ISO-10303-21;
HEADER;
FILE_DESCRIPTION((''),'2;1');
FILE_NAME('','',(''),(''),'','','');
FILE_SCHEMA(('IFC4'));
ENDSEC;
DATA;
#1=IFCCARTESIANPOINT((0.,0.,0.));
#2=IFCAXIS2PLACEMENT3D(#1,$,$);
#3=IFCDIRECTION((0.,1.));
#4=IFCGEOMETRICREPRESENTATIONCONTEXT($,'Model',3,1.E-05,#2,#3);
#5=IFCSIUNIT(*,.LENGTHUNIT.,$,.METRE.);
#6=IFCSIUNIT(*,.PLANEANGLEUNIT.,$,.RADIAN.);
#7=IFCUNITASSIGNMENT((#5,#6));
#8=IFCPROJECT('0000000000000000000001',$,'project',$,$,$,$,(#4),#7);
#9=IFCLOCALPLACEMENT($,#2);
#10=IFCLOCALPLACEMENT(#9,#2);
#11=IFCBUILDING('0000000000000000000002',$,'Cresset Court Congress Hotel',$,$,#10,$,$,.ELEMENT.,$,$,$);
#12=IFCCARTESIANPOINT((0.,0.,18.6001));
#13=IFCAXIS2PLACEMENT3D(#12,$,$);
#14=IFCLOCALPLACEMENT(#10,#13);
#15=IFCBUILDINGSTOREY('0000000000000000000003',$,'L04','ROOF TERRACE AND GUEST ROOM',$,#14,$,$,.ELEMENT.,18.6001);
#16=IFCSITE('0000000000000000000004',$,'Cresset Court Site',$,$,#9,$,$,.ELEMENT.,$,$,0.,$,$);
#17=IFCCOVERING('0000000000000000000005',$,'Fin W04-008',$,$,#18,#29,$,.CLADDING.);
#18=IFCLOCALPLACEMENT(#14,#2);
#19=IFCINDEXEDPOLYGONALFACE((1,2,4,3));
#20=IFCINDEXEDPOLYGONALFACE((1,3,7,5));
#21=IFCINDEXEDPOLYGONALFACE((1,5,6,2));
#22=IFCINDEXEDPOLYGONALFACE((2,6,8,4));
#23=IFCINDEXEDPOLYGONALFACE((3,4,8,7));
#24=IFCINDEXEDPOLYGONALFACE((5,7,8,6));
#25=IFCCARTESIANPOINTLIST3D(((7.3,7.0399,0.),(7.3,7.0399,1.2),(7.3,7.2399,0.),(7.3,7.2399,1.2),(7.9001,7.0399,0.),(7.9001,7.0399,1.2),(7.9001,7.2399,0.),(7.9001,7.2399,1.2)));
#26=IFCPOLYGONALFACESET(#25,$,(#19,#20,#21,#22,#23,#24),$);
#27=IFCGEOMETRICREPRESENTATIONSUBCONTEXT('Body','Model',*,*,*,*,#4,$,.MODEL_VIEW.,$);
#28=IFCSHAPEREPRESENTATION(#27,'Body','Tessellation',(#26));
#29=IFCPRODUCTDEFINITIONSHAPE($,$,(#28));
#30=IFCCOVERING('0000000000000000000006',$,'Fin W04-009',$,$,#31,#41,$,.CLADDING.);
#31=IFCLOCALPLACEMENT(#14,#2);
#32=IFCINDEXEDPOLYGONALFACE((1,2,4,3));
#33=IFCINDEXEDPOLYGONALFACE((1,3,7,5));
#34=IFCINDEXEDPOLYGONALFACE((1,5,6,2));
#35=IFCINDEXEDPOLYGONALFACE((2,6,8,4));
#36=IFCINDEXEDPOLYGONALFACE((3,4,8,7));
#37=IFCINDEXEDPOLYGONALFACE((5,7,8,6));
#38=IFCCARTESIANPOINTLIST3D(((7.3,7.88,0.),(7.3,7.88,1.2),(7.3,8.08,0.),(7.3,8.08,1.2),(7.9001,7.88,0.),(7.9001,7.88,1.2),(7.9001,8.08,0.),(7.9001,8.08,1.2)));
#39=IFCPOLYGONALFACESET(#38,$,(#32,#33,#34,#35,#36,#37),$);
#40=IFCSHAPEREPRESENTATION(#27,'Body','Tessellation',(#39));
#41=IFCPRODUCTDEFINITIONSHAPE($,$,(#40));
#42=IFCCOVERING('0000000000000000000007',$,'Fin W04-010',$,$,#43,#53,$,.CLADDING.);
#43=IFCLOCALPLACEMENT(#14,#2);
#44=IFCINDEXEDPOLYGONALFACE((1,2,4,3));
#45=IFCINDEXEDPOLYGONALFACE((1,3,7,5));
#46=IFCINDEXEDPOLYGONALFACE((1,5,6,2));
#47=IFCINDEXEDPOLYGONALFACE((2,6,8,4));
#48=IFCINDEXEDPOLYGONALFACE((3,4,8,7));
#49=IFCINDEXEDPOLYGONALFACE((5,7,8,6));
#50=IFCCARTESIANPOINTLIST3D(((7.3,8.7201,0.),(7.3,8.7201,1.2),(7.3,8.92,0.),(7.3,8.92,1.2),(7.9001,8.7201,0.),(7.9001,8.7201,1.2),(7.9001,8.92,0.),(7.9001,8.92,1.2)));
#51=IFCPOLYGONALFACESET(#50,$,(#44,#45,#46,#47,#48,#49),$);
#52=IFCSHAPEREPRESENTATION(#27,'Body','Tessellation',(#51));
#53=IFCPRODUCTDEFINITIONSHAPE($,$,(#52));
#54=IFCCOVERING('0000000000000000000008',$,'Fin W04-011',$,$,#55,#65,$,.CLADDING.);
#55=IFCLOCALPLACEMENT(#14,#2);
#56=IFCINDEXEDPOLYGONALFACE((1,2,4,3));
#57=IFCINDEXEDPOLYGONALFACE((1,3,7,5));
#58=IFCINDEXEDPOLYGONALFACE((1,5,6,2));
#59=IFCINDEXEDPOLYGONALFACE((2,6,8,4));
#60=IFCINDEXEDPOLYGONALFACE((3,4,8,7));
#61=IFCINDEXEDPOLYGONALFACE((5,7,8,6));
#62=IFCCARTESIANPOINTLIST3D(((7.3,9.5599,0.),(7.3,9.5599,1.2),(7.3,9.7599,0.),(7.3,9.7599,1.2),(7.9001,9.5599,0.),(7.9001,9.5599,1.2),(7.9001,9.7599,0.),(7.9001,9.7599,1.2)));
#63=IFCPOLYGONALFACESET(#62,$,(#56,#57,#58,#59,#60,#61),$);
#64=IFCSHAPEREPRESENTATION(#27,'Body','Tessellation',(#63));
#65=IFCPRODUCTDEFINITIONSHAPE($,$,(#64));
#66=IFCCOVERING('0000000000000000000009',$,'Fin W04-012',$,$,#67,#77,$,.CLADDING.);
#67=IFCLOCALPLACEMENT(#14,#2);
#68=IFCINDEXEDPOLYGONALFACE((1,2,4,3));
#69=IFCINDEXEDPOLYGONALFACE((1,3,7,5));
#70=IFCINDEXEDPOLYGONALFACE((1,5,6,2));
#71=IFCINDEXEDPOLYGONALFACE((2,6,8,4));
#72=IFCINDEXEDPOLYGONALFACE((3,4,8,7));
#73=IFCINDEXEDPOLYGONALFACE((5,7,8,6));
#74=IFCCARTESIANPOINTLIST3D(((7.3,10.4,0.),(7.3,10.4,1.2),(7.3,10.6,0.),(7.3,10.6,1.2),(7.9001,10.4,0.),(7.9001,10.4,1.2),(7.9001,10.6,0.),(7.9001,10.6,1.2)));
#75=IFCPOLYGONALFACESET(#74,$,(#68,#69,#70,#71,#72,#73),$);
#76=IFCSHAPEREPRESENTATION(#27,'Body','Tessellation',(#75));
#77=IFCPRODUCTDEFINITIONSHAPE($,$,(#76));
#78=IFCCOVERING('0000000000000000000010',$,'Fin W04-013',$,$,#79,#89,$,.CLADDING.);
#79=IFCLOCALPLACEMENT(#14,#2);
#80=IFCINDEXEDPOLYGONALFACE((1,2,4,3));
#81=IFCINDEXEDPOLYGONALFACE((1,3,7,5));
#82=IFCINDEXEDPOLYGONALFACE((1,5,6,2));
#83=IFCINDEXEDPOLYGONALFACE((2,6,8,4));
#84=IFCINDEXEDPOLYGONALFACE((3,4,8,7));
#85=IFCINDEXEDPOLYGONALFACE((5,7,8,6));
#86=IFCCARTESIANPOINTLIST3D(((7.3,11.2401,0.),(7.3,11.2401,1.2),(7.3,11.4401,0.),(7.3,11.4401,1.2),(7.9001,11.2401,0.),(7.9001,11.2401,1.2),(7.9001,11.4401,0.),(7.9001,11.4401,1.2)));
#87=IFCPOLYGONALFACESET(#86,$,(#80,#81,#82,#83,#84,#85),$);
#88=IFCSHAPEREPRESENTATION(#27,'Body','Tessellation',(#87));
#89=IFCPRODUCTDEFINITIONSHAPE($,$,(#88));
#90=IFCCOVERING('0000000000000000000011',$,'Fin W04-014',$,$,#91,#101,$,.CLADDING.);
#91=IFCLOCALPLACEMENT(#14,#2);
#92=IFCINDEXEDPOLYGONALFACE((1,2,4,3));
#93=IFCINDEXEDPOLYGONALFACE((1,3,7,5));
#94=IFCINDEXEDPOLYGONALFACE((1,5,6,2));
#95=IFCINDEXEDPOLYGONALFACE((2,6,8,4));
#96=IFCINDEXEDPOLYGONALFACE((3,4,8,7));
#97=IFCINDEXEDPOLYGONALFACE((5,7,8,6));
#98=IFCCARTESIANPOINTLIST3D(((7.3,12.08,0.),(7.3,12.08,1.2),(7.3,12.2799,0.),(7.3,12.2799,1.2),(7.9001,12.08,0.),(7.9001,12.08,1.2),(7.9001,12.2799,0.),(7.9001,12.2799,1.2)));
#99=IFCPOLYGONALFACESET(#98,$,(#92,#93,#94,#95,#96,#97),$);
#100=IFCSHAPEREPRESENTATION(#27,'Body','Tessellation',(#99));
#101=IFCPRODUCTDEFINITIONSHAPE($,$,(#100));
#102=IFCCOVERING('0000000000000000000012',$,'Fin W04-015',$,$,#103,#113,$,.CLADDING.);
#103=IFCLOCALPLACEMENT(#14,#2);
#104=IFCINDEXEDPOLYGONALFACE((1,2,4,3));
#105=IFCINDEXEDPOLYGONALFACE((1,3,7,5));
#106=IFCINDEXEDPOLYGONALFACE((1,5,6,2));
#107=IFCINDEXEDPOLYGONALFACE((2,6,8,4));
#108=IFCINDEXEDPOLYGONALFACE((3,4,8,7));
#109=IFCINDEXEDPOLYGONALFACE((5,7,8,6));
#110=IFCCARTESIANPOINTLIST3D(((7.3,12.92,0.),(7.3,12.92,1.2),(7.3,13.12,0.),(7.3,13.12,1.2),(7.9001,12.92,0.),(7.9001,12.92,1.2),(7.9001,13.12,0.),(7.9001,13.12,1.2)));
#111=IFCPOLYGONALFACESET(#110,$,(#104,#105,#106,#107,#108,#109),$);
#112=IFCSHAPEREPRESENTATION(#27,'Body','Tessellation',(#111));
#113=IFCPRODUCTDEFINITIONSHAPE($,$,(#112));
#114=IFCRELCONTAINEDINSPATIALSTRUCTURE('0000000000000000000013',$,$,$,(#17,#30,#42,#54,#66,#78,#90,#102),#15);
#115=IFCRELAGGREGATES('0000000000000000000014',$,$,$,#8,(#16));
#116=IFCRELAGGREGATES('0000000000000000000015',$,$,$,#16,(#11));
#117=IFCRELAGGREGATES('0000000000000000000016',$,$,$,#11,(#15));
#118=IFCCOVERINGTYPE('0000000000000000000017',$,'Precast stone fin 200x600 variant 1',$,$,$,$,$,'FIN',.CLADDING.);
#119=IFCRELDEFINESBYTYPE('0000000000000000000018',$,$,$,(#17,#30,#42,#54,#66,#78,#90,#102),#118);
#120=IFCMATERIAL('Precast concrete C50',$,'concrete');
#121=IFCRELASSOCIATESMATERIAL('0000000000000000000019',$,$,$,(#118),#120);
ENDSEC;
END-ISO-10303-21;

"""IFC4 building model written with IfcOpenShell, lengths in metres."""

from ifc_helpers import new_model, si_unit, direction, frame, origin, origin_2d, place, context, subcontext, project, spatial, rectangle, extrude, material, type_object, element, save


model = new_model("IFC4")

# Units and contexts
model_context = context("Model", 3, precision=1e-05, world=origin(), true_north=direction((0.0, 1.0)))
body_context = subcontext(model_context, "Body", "Model", "MODEL_VIEW")
ifc_project = project(units=[si_unit("LENGTHUNIT", "METRE"), si_unit("PLANEANGLEUNIT", "RADIAN")], contexts=[model_context])

# Site, building, storey
site_placement = place(None, origin())
site = spatial("IfcSite", under=ifc_project, at=site_placement, Name="Cresset Court Site", CompositionType="ELEMENT", RefElevation=0.0)
building_placement = place(site_placement, origin())
building = spatial("IfcBuilding", under=site, at=building_placement, Name="Cresset Court Congress Hotel", CompositionType="ELEMENT")
storey_placement = place(building_placement, frame((0.0, 0.0, 18.6001)))
storey = spatial("IfcBuildingStorey", under=building, at=storey_placement, Name="L04", Description="ROOF TERRACE AND GUEST ROOM", CompositionType="ELEMENT", Elevation=18.6001)

# Coverings
ifc_material_1 = material(Name="Precast concrete C50", Category="concrete")
covering_type_1 = type_object("IfcCoveringType", Name="Precast stone fin 200x600 variant 1", ElementType="FIN", PredefinedType="CLADDING", material=ifc_material_1)
for number, where, z_axis, x_axis, name in (
    (1, (7.6001, 7.1399, 0.0), (0.0, 0.0, 1.0), (1.0, 0.0, 0.0), "Fin W04-008"),
    (2, (7.6001, 7.98, 0.0), (0.0, 0.0, 1.0), (1.0, 0.0, 0.0), "Fin W04-009"),
    (3, (7.6001, 8.8201, 0.0), (0.0, 0.0, 1.0), (1.0, 0.0, 0.0), "Fin W04-010"),
    (4, (7.6001, 9.6599, 0.0), (0.0, 0.0, 1.0), (1.0, 0.0, 0.0), "Fin W04-011"),
    (5, (7.6001, 10.5, 0.0), (0.0, 0.0, 1.0), (1.0, 0.0, 0.0), "Fin W04-012"),
    (6, (7.6001, 11.3401, 0.0), (0.0, 0.0, 1.0), (1.0, 0.0, 0.0), "Fin W04-013"),
    (7, (7.6001, 12.1799, 0.0), (0.0, 0.0, 1.0), (1.0, 0.0, 0.0), "Fin W04-014"),
    (8, (7.6001, 13.02, 0.0), (0.0, 0.0, 1.0), (1.0, 0.0, 0.0), "Fin W04-015"),
):
    element("IfcCovering", number, at=place(storey_placement, frame(where, z_axis=z_axis, x_axis=x_axis)), inside=storey, type_object=covering_type_1, Name=name, PredefinedType="CLADDING", context=body_context, shape_type="SweptSolid", body=[
        extrude(rectangle(XDim=0.6001, YDim=0.2, at=origin_2d()), origin(), (0.0, 0.0, 1.0), 1.2),
    ])

save(model, "model.ifc")
